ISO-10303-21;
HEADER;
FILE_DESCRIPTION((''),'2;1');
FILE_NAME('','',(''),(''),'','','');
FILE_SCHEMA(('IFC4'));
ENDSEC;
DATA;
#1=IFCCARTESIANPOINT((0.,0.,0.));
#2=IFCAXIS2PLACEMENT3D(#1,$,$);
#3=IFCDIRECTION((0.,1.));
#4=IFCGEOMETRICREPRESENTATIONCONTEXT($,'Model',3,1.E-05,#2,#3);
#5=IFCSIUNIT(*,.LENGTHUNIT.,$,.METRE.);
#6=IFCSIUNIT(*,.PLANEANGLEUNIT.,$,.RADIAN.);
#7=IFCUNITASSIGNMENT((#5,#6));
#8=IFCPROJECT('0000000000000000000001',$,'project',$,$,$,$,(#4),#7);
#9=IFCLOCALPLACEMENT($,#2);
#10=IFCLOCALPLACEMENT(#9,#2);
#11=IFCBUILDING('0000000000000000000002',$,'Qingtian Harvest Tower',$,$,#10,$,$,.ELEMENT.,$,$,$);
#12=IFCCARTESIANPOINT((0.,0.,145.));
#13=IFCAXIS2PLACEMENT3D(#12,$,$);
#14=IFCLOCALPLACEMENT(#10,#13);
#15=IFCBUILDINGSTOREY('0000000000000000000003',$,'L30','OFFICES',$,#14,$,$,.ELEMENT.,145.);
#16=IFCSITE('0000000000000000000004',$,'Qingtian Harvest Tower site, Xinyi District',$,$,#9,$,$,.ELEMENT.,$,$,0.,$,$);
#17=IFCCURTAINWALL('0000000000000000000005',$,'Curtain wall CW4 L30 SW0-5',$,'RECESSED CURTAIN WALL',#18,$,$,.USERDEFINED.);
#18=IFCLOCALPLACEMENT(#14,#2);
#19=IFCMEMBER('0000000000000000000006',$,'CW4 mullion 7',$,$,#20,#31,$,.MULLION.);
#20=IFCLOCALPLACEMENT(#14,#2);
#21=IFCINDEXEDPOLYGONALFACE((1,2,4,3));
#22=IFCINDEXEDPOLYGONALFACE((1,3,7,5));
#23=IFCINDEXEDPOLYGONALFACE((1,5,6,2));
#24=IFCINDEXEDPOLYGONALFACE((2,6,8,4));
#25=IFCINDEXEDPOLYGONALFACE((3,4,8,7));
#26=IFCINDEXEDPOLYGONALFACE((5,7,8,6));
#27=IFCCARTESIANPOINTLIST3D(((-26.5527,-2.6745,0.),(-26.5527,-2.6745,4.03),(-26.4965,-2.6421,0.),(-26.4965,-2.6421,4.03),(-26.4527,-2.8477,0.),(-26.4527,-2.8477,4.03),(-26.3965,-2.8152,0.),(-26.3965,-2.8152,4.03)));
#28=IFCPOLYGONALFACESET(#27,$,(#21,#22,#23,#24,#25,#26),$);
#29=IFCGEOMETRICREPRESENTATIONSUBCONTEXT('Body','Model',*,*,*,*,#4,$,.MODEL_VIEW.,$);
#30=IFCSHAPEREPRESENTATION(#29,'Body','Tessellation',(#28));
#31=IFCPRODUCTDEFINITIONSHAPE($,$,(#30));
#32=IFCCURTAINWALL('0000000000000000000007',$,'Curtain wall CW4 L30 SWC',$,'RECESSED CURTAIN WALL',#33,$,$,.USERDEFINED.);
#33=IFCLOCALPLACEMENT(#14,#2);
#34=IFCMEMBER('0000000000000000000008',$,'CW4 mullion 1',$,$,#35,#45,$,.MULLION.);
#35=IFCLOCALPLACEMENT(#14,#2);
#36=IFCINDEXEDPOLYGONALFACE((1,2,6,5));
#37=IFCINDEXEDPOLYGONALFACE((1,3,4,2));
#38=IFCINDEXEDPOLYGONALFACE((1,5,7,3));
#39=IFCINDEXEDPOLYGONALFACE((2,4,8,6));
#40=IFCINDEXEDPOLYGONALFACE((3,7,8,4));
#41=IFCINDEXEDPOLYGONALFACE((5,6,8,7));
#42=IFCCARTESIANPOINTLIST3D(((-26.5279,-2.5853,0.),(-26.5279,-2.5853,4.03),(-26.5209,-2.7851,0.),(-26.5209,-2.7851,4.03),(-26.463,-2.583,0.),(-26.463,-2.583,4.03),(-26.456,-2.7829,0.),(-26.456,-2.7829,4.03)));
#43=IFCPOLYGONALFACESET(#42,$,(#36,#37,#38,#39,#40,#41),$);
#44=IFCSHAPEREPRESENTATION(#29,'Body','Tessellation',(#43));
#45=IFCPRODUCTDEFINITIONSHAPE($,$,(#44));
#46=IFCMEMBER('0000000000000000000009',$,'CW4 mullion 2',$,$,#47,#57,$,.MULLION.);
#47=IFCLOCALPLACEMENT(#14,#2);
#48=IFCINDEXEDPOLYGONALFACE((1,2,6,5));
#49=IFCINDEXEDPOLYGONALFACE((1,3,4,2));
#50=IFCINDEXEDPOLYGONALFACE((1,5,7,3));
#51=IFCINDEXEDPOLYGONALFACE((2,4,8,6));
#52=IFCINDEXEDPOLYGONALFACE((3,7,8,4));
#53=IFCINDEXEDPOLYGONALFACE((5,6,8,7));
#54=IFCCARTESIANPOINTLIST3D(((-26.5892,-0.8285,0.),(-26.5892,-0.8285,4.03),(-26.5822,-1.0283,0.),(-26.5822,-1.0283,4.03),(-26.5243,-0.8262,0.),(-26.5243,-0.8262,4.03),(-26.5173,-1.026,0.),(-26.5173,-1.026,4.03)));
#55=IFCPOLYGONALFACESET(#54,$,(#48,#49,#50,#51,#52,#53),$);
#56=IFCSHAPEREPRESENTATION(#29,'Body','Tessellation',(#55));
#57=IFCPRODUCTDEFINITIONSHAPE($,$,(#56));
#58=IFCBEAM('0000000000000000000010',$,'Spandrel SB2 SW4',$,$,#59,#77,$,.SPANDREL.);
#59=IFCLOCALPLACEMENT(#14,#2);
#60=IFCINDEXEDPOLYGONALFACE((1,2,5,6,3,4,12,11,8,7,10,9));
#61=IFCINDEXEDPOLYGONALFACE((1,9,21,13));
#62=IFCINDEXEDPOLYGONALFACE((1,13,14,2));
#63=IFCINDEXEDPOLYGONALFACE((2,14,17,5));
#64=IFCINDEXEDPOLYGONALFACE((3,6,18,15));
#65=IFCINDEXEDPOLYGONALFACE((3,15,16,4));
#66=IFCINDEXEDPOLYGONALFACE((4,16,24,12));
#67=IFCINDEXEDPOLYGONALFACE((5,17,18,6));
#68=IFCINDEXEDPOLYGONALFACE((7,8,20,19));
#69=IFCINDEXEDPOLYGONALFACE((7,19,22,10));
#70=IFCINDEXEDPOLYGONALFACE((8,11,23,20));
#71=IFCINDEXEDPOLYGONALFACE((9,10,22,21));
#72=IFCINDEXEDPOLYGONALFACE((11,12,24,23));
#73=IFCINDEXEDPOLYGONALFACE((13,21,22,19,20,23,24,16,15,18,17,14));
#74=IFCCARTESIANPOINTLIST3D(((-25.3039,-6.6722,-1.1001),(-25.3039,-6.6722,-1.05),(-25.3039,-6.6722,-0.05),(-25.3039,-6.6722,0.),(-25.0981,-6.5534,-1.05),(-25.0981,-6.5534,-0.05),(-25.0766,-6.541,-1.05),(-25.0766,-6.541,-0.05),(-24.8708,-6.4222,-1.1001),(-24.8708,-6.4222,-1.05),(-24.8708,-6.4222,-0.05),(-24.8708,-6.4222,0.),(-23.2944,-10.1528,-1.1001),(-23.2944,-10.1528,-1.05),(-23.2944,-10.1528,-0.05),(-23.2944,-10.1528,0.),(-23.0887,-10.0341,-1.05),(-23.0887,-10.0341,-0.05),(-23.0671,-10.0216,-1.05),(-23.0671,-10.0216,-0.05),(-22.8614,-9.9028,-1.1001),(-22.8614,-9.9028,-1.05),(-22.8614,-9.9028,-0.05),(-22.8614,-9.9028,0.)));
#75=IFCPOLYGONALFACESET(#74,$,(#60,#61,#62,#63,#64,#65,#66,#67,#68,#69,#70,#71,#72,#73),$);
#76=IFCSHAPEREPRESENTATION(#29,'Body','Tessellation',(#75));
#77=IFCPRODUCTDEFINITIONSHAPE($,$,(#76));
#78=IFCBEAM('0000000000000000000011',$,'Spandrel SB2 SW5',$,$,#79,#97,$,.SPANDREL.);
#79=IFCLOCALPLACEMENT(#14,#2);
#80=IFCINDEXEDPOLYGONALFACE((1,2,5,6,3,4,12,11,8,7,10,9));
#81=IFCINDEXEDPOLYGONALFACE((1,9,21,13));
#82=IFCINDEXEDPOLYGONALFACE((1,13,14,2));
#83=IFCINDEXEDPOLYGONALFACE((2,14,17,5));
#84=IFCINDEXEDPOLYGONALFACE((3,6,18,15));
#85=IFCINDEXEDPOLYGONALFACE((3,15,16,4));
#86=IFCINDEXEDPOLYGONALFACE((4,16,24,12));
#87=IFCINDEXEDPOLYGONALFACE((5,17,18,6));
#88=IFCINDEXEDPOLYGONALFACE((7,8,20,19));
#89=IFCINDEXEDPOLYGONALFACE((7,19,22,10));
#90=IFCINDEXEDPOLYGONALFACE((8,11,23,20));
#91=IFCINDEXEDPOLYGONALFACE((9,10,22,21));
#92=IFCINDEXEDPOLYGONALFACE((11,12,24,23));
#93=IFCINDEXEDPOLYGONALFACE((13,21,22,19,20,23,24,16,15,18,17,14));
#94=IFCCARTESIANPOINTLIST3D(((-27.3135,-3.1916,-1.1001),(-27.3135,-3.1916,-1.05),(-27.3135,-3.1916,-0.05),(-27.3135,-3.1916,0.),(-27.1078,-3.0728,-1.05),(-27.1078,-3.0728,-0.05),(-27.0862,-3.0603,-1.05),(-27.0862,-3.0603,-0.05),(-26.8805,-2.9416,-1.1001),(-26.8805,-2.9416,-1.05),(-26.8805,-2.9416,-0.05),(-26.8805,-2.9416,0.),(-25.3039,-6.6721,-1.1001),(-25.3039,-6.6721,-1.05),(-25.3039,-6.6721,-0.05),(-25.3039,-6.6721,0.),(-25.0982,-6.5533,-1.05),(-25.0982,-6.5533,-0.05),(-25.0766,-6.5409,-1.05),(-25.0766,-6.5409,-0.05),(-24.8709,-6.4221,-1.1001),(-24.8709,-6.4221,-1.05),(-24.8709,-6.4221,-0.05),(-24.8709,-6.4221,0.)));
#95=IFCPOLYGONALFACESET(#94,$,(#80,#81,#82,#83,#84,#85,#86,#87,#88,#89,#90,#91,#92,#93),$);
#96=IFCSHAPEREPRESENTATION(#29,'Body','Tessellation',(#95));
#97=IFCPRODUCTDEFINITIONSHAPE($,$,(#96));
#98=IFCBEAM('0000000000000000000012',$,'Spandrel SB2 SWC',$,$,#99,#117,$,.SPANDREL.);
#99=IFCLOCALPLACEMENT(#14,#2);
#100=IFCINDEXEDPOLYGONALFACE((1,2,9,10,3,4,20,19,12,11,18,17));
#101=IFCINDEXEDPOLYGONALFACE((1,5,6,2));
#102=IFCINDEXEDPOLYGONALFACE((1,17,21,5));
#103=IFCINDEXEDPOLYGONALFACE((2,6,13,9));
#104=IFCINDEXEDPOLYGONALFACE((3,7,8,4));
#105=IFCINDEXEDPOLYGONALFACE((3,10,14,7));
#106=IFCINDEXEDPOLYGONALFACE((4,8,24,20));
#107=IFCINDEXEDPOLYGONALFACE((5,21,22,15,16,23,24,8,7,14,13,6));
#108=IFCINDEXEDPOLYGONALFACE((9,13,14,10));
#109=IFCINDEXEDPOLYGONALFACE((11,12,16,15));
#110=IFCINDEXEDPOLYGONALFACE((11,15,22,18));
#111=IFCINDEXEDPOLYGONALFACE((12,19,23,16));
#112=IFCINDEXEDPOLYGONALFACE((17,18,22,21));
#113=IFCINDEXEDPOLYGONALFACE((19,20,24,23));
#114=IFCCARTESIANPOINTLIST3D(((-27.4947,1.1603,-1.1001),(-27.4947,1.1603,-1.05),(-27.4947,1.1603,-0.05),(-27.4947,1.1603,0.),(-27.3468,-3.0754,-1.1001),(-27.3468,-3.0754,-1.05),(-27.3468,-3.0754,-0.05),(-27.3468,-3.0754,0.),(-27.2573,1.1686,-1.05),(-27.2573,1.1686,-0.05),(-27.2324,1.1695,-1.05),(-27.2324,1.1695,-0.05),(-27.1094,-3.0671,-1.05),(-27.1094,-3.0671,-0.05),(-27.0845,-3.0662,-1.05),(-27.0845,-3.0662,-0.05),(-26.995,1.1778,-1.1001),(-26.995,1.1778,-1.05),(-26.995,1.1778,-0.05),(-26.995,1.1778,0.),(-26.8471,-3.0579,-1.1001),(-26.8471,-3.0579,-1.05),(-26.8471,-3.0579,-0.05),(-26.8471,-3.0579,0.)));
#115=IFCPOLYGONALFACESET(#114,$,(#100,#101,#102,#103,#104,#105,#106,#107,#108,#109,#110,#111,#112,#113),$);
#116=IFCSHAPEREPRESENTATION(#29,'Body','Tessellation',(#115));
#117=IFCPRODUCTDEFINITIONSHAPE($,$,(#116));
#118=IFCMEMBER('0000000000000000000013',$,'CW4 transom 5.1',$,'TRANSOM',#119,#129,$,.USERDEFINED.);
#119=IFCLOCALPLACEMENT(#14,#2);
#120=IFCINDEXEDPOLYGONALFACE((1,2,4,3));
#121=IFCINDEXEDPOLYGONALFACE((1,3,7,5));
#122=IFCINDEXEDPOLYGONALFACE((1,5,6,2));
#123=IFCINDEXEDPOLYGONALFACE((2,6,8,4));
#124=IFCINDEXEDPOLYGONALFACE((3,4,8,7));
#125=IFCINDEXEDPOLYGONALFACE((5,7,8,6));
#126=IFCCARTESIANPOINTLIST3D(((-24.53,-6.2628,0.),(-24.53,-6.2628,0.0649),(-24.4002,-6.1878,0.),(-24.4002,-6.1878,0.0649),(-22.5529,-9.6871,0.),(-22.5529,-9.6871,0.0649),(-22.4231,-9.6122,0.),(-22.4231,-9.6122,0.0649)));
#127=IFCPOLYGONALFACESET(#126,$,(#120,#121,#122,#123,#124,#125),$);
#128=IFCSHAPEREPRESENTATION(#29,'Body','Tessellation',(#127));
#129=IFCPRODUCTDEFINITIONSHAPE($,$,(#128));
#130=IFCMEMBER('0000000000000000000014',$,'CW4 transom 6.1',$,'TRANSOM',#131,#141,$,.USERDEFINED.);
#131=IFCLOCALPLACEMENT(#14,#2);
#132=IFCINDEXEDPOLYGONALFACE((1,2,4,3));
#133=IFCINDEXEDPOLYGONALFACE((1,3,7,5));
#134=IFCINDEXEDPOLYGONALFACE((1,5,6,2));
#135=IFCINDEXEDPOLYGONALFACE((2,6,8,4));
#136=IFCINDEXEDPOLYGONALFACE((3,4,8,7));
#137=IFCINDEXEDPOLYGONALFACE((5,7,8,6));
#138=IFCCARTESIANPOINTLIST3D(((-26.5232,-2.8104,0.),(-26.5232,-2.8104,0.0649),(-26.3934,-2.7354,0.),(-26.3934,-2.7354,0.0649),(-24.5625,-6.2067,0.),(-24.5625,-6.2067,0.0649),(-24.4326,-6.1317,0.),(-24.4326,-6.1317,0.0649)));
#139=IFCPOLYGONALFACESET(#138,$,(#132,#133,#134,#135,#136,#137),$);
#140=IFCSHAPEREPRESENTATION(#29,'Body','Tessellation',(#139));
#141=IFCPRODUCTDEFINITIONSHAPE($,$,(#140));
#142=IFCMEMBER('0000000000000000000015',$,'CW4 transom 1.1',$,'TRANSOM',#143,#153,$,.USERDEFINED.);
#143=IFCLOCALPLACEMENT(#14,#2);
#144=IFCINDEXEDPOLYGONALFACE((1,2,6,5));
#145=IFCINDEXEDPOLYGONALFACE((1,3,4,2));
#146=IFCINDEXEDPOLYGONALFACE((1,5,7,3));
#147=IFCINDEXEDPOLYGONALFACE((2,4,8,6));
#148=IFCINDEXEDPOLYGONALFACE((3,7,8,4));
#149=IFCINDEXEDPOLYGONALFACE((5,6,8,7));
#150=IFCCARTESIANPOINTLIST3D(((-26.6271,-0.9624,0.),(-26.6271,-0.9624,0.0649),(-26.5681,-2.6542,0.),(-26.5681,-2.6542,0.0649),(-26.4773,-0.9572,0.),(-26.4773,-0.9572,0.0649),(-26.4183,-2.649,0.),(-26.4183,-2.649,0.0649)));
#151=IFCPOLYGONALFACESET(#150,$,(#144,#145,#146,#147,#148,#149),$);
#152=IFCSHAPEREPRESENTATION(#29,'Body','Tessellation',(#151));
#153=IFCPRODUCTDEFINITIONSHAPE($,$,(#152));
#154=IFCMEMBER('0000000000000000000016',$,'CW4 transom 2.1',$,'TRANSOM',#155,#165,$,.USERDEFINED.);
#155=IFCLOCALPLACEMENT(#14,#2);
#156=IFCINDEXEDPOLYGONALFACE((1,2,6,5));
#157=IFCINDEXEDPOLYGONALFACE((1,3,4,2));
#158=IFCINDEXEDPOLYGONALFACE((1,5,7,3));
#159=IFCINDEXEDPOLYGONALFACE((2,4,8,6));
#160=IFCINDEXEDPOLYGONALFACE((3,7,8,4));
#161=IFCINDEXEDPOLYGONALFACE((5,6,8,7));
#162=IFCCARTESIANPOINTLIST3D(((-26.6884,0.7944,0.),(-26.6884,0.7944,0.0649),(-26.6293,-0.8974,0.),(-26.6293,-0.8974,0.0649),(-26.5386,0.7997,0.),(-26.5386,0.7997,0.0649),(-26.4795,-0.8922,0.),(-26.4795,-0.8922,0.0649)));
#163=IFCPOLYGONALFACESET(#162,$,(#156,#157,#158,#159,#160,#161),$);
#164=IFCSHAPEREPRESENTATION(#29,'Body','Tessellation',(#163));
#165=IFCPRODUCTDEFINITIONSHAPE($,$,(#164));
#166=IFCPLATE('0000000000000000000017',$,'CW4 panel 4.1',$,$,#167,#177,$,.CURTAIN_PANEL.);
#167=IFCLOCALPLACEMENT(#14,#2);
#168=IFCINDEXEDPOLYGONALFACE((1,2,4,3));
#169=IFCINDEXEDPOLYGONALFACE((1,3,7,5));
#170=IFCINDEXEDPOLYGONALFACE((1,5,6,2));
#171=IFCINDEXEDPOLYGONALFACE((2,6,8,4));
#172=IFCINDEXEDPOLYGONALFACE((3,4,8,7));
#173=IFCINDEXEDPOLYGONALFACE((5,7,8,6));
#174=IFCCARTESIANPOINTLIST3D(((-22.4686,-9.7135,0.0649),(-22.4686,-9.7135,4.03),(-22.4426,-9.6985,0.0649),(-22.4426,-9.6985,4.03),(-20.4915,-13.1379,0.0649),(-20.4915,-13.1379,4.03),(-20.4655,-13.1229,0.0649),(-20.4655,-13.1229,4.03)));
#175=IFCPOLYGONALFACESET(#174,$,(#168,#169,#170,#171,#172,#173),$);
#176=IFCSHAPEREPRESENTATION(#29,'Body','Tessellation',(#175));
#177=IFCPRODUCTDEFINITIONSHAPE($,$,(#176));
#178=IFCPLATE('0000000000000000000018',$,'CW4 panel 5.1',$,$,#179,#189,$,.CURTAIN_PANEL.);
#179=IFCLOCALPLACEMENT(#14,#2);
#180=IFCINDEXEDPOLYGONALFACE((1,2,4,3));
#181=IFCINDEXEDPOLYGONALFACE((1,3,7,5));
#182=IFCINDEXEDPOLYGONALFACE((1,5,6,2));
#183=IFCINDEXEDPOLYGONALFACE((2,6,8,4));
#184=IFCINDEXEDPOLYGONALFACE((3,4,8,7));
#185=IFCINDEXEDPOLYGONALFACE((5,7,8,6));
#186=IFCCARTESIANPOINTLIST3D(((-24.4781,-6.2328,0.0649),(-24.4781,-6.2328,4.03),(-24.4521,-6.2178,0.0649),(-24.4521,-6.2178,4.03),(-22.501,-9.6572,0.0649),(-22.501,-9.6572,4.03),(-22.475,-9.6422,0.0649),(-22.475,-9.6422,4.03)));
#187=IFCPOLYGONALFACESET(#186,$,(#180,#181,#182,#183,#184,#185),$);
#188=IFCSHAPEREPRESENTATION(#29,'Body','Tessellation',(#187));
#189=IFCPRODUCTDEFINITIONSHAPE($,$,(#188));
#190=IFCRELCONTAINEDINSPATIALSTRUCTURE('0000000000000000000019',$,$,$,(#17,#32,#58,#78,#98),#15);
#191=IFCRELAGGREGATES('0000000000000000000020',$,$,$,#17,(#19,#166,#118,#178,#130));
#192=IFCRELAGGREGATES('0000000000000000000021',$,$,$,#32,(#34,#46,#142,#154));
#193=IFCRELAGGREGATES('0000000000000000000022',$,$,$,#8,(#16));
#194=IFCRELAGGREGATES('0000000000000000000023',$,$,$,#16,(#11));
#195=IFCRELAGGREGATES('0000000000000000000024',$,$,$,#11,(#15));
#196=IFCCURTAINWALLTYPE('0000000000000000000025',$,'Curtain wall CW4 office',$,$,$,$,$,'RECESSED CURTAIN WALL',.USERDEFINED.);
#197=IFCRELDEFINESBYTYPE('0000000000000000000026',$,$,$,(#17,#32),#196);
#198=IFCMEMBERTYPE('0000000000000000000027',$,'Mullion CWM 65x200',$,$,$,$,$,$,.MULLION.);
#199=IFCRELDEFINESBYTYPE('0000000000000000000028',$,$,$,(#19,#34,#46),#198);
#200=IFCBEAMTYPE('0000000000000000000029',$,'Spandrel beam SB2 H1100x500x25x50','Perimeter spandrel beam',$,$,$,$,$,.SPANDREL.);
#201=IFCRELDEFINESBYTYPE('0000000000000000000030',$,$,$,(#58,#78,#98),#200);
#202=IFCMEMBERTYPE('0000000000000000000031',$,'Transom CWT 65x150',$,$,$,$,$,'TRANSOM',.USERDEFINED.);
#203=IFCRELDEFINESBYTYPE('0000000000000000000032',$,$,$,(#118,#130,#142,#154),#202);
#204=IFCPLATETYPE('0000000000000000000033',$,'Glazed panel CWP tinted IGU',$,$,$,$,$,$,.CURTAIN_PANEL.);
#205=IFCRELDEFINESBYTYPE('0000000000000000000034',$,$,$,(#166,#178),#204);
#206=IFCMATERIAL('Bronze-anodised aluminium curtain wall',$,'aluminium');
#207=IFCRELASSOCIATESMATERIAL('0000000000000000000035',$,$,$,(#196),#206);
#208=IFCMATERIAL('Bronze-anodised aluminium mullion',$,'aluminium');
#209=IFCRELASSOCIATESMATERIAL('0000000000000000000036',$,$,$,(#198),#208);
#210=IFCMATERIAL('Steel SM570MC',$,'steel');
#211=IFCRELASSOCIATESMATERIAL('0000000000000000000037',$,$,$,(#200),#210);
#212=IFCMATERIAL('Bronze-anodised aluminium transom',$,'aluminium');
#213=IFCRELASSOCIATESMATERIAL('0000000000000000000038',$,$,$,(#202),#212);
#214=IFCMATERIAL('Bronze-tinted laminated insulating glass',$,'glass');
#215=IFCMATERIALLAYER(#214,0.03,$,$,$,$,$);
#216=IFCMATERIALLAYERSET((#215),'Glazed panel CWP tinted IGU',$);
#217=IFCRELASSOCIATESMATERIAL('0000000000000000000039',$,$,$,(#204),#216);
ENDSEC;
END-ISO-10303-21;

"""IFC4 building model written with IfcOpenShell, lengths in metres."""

from ifc_helpers import new_model, si_unit, direction, frame, origin, origin_2d, place, context, subcontext, project, spatial, rectangle, i_section, extrude, material, layer, layer_set, material_profile, profile_set, type_object, element, aggregate, save


model = new_model("IFC4")

# Units and contexts
model_context = context("Model", 3, precision=1e-05, world=origin(), true_north=direction((0.0, 1.0)))
body_context = subcontext(model_context, "Body", "Model", "MODEL_VIEW")
ifc_project = project(units=[si_unit("LENGTHUNIT", "METRE"), si_unit("PLANEANGLEUNIT", "RADIAN")], contexts=[model_context])

# Site, building, storey
site_placement = place(None, origin())
site = spatial("IfcSite", under=ifc_project, at=site_placement, Name="Qingtian Harvest Tower site, Xinyi District", CompositionType="ELEMENT", RefElevation=0.0)
building_placement = place(site_placement, origin())
building = spatial("IfcBuilding", under=site, at=building_placement, Name="Qingtian Harvest Tower", CompositionType="ELEMENT")
storey_placement = place(building_placement, frame((0.0, 0.0, 145.0)))
storey = spatial("IfcBuildingStorey", under=building, at=storey_placement, Name="L30", Description="OFFICES", CompositionType="ELEMENT", Elevation=145.0)

# Curtain walls, members
ifc_material_1 = material(Name="Bronze-anodised aluminium curtain wall", Category="aluminium")
curtain_wall_type = type_object("IfcCurtainWallType", Name="Curtain wall CW4 office", ElementType="RECESSED CURTAIN WALL", PredefinedType="USERDEFINED", material=ifc_material_1)
curtain_wall_1_placement = place(storey_placement, origin())
curtain_wall_1 = element("IfcCurtainWall", 1, at=curtain_wall_1_placement, inside=storey, type_object=curtain_wall_type, Name="Curtain wall CW4 L30 SW0-5", ObjectType="RECESSED CURTAIN WALL", PredefinedType="USERDEFINED")
ifc_material_2 = material(Name="Bronze-anodised aluminium mullion", Category="aluminium")
ifc_material_profile_1 = material_profile(ifc_material_2, rectangle(XDim=0.0649, YDim=0.2, at=origin_2d()), Name="AL 65x200")
ifc_profile_set_1 = profile_set([ifc_material_profile_1], Name="Bronze-anodised aluminium mullion")
member_type_1 = type_object("IfcMemberType", Name="Mullion CWM 65x200", PredefinedType="MULLION", material=ifc_profile_set_1)
member_1_placement = place(storey_placement, frame((-26.4746, -2.7449, 0.0), z_axis=(0.0, 0.0, 1.0), x_axis=(-0.866025, -0.5, 0.0)))
member_1 = element("IfcMember", 2, at=member_1_placement, type_object=member_type_1, Name="CW4 mullion 7", PredefinedType="MULLION", context=body_context, shape_type="SweptSolid", body=[
    extrude(rectangle(XDim=0.0649, YDim=0.2, at=origin_2d()), origin(), (0.0, 0.0, 1.0), 4.03),
])
curtain_wall_2_placement = place(storey_placement, origin())
curtain_wall_2 = element("IfcCurtainWall", 3, at=curtain_wall_2_placement, inside=storey, type_object=curtain_wall_type, Name="Curtain wall CW4 L30 SWC", ObjectType="RECESSED CURTAIN WALL", PredefinedType="USERDEFINED")
member_2_placement = place(storey_placement, frame((-26.4919, -2.6841, 0.0), z_axis=(0.0, 0.0, 1.0), x_axis=(-0.999391, -0.034899, 0.0)))
member_2 = element("IfcMember", 4, at=member_2_placement, type_object=member_type_1, Name="CW4 mullion 1", PredefinedType="MULLION", context=body_context, shape_type="SweptSolid", body=[
    extrude(rectangle(XDim=0.0649, YDim=0.2, at=origin_2d()), origin(), (0.0, 0.0, 1.0), 4.03),
])
member_3_placement = place(storey_placement, frame((-26.5532, -0.9272, 0.0), z_axis=(0.0, 0.0, 1.0), x_axis=(-0.999391, -0.034899, 0.0)))
member_3 = element("IfcMember", 5, at=member_3_placement, type_object=member_type_1, Name="CW4 mullion 2", PredefinedType="MULLION", context=body_context, shape_type="SweptSolid", body=[
    extrude(rectangle(XDim=0.0649, YDim=0.2, at=origin_2d()), origin(), (0.0, 0.0, 1.0), 4.03),
])

# Beams
ifc_material_3 = material(Name="Steel SM570MC", Category="steel")
ifc_material_profile_2 = material_profile(ifc_material_3, i_section(OverallWidth=0.5, OverallDepth=1.1001, WebThickness=0.0249, FlangeThickness=0.05, at=origin_2d()), Name="H1100x500x25x50")
ifc_profile_set_2 = profile_set([ifc_material_profile_2], Name="Steel SM570MC")
beam_type_1 = type_object("IfcBeamType", Name="Spandrel beam SB2 H1100x500x25x50", Description="Perimeter spandrel beam", PredefinedType="SPANDREL", material=ifc_profile_set_2)
for number, where, z_axis, x_axis, name in (
    (6, (-23.0779, -10.0278, -0.55), (-0.499987, 0.866033, 0.0), (-0.866033, -0.499987, 0.0), "Spandrel SB2 SW4"),
    (7, (-25.0874, -6.5471, -0.55), (-0.500013, 0.866018, 0.0), (-0.866018, -0.500013, 0.0), "Spandrel SB2 SW5"),
):
    element("IfcBeam", number, at=place(storey_placement, frame(where, z_axis=z_axis, x_axis=x_axis)), inside=storey, type_object=beam_type_1, Name=name, PredefinedType="SPANDREL", context=body_context, shape_type="SweptSolid", body=[
        extrude(i_section(OverallWidth=0.5, OverallDepth=1.1001, WebThickness=0.0249, FlangeThickness=0.05, at=origin_2d()), origin(), (0.0, 0.0, 1.0), 4.019),
    ])
beam_1_placement = place(storey_placement, frame((-27.0969, -3.0667, -0.55), z_axis=(-0.034909, 0.999391, 0.0), x_axis=(-0.999391, -0.034909, 0.0)))
element("IfcBeam", 8, at=beam_1_placement, inside=storey, type_object=beam_type_1, Name="Spandrel SB2 SWC", PredefinedType="SPANDREL", context=body_context, shape_type="SweptSolid", body=[
    extrude(i_section(OverallWidth=0.5, OverallDepth=1.1001, WebThickness=0.0249, FlangeThickness=0.05, at=origin_2d()), origin(), (0.0, 0.0, 1.0), 4.2383),
])

# Members
ifc_material_4 = material(Name="Bronze-anodised aluminium transom", Category="aluminium")
ifc_material_profile_3 = material_profile(ifc_material_4, rectangle(XDim=0.1499, YDim=0.0649, at=origin_2d()), Name="AL 65x150")
ifc_profile_set_3 = profile_set([ifc_material_profile_3], Name="Bronze-anodised aluminium transom")
member_type_2 = type_object("IfcMemberType", Name="Transom CWT 65x150", ElementType="TRANSOM", PredefinedType="USERDEFINED", material=ifc_profile_set_3)
member_4_placement = place(storey_placement, frame((-22.488, -9.6497, 0.0325), z_axis=(-0.500004, 0.866023, 0.0), x_axis=(-0.866023, -0.500004, 0.0)))
member_4 = element("IfcMember", 9, at=member_4_placement, type_object=member_type_2, Name="CW4 transom 5.1", ObjectType="TRANSOM", PredefinedType="USERDEFINED", context=body_context, shape_type="SweptSolid", body=[
    extrude(rectangle(XDim=0.1499, YDim=0.0649, at=origin_2d()), origin(), (0.0, 0.0, 1.0), 3.9541),
])
member_5_placement = place(storey_placement, frame((-24.4976, -6.1692, 0.0325), z_axis=(-0.499976, 0.866039, 0.0), x_axis=(-0.866039, -0.499976, 0.0)))
member_5 = element("IfcMember", 10, at=member_5_placement, type_object=member_type_2, Name="CW4 transom 6.1", ObjectType="TRANSOM", PredefinedType="USERDEFINED", context=body_context, shape_type="SweptSolid", body=[
    extrude(rectangle(XDim=0.1499, YDim=0.0649, at=origin_2d()), origin(), (0.0, 0.0, 1.0), 3.9216),
])
member_6_placement = place(storey_placement, frame((-26.4932, -2.6516, 0.0325), z_axis=(-0.034899, 0.999391, 0.0), x_axis=(-0.999391, -0.034899, 0.0)))
member_6 = element("IfcMember", 11, at=member_6_placement, type_object=member_type_2, Name="CW4 transom 1.1", ObjectType="TRANSOM", PredefinedType="USERDEFINED", context=body_context, shape_type="SweptSolid", body=[
    extrude(rectangle(XDim=0.1499, YDim=0.0649, at=origin_2d()), origin(), (0.0, 0.0, 1.0), 1.6929),
])
member_7_placement = place(storey_placement, frame((-26.5544, -0.8948, 0.0325), z_axis=(-0.034899, 0.999391, 0.0), x_axis=(-0.999391, -0.034899, 0.0)))
member_7 = element("IfcMember", 12, at=member_7_placement, type_object=member_type_2, Name="CW4 transom 2.1", ObjectType="TRANSOM", PredefinedType="USERDEFINED", context=body_context, shape_type="SweptSolid", body=[
    extrude(rectangle(XDim=0.1499, YDim=0.0649, at=origin_2d()), origin(), (0.0, 0.0, 1.0), 1.6929),
])

# Plates
ifc_material_5 = material(Name="Bronze-tinted laminated insulating glass", Category="glass")
ifc_layer_1 = layer(ifc_material_5, 0.03)
ifc_layer_set_1 = layer_set([ifc_layer_1], Name="Glazed panel CWP tinted IGU")
plate_type = type_object("IfcPlateType", Name="Glazed panel CWP tinted IGU", PredefinedType="CURTAIN_PANEL", material=ifc_layer_set_1)
plate_1_placement = place(storey_placement, frame((-21.467, -11.4182, 0.0649), z_axis=(0.0, 0.0, 1.0), x_axis=(-0.5, 0.866025, 0.0)))
plate_1 = element("IfcPlate", 13, at=plate_1_placement, type_object=plate_type, Name="CW4 panel 4.1", PredefinedType="CURTAIN_PANEL", context=body_context, shape_type="SweptSolid", body=[
    extrude(rectangle(XDim=3.9541, YDim=0.03, at=origin_2d()), origin(), (0.0, 0.0, 1.0), 3.9651),
])
plate_2_placement = place(storey_placement, frame((-23.4766, -7.9375, 0.0649), z_axis=(0.0, 0.0, 1.0), x_axis=(-0.5, 0.866025, 0.0)))
plate_2 = element("IfcPlate", 14, at=plate_2_placement, type_object=plate_type, Name="CW4 panel 5.1", PredefinedType="CURTAIN_PANEL", context=body_context, shape_type="SweptSolid", body=[
    extrude(rectangle(XDim=3.9541, YDim=0.03, at=origin_2d()), origin(), (0.0, 0.0, 1.0), 3.9651),
])
aggregate(curtain_wall_1, [member_1, plate_1, member_4, plate_2, member_5])
aggregate(curtain_wall_2, [member_2, member_3, member_6, member_7])

save(model, "model.ifc")
